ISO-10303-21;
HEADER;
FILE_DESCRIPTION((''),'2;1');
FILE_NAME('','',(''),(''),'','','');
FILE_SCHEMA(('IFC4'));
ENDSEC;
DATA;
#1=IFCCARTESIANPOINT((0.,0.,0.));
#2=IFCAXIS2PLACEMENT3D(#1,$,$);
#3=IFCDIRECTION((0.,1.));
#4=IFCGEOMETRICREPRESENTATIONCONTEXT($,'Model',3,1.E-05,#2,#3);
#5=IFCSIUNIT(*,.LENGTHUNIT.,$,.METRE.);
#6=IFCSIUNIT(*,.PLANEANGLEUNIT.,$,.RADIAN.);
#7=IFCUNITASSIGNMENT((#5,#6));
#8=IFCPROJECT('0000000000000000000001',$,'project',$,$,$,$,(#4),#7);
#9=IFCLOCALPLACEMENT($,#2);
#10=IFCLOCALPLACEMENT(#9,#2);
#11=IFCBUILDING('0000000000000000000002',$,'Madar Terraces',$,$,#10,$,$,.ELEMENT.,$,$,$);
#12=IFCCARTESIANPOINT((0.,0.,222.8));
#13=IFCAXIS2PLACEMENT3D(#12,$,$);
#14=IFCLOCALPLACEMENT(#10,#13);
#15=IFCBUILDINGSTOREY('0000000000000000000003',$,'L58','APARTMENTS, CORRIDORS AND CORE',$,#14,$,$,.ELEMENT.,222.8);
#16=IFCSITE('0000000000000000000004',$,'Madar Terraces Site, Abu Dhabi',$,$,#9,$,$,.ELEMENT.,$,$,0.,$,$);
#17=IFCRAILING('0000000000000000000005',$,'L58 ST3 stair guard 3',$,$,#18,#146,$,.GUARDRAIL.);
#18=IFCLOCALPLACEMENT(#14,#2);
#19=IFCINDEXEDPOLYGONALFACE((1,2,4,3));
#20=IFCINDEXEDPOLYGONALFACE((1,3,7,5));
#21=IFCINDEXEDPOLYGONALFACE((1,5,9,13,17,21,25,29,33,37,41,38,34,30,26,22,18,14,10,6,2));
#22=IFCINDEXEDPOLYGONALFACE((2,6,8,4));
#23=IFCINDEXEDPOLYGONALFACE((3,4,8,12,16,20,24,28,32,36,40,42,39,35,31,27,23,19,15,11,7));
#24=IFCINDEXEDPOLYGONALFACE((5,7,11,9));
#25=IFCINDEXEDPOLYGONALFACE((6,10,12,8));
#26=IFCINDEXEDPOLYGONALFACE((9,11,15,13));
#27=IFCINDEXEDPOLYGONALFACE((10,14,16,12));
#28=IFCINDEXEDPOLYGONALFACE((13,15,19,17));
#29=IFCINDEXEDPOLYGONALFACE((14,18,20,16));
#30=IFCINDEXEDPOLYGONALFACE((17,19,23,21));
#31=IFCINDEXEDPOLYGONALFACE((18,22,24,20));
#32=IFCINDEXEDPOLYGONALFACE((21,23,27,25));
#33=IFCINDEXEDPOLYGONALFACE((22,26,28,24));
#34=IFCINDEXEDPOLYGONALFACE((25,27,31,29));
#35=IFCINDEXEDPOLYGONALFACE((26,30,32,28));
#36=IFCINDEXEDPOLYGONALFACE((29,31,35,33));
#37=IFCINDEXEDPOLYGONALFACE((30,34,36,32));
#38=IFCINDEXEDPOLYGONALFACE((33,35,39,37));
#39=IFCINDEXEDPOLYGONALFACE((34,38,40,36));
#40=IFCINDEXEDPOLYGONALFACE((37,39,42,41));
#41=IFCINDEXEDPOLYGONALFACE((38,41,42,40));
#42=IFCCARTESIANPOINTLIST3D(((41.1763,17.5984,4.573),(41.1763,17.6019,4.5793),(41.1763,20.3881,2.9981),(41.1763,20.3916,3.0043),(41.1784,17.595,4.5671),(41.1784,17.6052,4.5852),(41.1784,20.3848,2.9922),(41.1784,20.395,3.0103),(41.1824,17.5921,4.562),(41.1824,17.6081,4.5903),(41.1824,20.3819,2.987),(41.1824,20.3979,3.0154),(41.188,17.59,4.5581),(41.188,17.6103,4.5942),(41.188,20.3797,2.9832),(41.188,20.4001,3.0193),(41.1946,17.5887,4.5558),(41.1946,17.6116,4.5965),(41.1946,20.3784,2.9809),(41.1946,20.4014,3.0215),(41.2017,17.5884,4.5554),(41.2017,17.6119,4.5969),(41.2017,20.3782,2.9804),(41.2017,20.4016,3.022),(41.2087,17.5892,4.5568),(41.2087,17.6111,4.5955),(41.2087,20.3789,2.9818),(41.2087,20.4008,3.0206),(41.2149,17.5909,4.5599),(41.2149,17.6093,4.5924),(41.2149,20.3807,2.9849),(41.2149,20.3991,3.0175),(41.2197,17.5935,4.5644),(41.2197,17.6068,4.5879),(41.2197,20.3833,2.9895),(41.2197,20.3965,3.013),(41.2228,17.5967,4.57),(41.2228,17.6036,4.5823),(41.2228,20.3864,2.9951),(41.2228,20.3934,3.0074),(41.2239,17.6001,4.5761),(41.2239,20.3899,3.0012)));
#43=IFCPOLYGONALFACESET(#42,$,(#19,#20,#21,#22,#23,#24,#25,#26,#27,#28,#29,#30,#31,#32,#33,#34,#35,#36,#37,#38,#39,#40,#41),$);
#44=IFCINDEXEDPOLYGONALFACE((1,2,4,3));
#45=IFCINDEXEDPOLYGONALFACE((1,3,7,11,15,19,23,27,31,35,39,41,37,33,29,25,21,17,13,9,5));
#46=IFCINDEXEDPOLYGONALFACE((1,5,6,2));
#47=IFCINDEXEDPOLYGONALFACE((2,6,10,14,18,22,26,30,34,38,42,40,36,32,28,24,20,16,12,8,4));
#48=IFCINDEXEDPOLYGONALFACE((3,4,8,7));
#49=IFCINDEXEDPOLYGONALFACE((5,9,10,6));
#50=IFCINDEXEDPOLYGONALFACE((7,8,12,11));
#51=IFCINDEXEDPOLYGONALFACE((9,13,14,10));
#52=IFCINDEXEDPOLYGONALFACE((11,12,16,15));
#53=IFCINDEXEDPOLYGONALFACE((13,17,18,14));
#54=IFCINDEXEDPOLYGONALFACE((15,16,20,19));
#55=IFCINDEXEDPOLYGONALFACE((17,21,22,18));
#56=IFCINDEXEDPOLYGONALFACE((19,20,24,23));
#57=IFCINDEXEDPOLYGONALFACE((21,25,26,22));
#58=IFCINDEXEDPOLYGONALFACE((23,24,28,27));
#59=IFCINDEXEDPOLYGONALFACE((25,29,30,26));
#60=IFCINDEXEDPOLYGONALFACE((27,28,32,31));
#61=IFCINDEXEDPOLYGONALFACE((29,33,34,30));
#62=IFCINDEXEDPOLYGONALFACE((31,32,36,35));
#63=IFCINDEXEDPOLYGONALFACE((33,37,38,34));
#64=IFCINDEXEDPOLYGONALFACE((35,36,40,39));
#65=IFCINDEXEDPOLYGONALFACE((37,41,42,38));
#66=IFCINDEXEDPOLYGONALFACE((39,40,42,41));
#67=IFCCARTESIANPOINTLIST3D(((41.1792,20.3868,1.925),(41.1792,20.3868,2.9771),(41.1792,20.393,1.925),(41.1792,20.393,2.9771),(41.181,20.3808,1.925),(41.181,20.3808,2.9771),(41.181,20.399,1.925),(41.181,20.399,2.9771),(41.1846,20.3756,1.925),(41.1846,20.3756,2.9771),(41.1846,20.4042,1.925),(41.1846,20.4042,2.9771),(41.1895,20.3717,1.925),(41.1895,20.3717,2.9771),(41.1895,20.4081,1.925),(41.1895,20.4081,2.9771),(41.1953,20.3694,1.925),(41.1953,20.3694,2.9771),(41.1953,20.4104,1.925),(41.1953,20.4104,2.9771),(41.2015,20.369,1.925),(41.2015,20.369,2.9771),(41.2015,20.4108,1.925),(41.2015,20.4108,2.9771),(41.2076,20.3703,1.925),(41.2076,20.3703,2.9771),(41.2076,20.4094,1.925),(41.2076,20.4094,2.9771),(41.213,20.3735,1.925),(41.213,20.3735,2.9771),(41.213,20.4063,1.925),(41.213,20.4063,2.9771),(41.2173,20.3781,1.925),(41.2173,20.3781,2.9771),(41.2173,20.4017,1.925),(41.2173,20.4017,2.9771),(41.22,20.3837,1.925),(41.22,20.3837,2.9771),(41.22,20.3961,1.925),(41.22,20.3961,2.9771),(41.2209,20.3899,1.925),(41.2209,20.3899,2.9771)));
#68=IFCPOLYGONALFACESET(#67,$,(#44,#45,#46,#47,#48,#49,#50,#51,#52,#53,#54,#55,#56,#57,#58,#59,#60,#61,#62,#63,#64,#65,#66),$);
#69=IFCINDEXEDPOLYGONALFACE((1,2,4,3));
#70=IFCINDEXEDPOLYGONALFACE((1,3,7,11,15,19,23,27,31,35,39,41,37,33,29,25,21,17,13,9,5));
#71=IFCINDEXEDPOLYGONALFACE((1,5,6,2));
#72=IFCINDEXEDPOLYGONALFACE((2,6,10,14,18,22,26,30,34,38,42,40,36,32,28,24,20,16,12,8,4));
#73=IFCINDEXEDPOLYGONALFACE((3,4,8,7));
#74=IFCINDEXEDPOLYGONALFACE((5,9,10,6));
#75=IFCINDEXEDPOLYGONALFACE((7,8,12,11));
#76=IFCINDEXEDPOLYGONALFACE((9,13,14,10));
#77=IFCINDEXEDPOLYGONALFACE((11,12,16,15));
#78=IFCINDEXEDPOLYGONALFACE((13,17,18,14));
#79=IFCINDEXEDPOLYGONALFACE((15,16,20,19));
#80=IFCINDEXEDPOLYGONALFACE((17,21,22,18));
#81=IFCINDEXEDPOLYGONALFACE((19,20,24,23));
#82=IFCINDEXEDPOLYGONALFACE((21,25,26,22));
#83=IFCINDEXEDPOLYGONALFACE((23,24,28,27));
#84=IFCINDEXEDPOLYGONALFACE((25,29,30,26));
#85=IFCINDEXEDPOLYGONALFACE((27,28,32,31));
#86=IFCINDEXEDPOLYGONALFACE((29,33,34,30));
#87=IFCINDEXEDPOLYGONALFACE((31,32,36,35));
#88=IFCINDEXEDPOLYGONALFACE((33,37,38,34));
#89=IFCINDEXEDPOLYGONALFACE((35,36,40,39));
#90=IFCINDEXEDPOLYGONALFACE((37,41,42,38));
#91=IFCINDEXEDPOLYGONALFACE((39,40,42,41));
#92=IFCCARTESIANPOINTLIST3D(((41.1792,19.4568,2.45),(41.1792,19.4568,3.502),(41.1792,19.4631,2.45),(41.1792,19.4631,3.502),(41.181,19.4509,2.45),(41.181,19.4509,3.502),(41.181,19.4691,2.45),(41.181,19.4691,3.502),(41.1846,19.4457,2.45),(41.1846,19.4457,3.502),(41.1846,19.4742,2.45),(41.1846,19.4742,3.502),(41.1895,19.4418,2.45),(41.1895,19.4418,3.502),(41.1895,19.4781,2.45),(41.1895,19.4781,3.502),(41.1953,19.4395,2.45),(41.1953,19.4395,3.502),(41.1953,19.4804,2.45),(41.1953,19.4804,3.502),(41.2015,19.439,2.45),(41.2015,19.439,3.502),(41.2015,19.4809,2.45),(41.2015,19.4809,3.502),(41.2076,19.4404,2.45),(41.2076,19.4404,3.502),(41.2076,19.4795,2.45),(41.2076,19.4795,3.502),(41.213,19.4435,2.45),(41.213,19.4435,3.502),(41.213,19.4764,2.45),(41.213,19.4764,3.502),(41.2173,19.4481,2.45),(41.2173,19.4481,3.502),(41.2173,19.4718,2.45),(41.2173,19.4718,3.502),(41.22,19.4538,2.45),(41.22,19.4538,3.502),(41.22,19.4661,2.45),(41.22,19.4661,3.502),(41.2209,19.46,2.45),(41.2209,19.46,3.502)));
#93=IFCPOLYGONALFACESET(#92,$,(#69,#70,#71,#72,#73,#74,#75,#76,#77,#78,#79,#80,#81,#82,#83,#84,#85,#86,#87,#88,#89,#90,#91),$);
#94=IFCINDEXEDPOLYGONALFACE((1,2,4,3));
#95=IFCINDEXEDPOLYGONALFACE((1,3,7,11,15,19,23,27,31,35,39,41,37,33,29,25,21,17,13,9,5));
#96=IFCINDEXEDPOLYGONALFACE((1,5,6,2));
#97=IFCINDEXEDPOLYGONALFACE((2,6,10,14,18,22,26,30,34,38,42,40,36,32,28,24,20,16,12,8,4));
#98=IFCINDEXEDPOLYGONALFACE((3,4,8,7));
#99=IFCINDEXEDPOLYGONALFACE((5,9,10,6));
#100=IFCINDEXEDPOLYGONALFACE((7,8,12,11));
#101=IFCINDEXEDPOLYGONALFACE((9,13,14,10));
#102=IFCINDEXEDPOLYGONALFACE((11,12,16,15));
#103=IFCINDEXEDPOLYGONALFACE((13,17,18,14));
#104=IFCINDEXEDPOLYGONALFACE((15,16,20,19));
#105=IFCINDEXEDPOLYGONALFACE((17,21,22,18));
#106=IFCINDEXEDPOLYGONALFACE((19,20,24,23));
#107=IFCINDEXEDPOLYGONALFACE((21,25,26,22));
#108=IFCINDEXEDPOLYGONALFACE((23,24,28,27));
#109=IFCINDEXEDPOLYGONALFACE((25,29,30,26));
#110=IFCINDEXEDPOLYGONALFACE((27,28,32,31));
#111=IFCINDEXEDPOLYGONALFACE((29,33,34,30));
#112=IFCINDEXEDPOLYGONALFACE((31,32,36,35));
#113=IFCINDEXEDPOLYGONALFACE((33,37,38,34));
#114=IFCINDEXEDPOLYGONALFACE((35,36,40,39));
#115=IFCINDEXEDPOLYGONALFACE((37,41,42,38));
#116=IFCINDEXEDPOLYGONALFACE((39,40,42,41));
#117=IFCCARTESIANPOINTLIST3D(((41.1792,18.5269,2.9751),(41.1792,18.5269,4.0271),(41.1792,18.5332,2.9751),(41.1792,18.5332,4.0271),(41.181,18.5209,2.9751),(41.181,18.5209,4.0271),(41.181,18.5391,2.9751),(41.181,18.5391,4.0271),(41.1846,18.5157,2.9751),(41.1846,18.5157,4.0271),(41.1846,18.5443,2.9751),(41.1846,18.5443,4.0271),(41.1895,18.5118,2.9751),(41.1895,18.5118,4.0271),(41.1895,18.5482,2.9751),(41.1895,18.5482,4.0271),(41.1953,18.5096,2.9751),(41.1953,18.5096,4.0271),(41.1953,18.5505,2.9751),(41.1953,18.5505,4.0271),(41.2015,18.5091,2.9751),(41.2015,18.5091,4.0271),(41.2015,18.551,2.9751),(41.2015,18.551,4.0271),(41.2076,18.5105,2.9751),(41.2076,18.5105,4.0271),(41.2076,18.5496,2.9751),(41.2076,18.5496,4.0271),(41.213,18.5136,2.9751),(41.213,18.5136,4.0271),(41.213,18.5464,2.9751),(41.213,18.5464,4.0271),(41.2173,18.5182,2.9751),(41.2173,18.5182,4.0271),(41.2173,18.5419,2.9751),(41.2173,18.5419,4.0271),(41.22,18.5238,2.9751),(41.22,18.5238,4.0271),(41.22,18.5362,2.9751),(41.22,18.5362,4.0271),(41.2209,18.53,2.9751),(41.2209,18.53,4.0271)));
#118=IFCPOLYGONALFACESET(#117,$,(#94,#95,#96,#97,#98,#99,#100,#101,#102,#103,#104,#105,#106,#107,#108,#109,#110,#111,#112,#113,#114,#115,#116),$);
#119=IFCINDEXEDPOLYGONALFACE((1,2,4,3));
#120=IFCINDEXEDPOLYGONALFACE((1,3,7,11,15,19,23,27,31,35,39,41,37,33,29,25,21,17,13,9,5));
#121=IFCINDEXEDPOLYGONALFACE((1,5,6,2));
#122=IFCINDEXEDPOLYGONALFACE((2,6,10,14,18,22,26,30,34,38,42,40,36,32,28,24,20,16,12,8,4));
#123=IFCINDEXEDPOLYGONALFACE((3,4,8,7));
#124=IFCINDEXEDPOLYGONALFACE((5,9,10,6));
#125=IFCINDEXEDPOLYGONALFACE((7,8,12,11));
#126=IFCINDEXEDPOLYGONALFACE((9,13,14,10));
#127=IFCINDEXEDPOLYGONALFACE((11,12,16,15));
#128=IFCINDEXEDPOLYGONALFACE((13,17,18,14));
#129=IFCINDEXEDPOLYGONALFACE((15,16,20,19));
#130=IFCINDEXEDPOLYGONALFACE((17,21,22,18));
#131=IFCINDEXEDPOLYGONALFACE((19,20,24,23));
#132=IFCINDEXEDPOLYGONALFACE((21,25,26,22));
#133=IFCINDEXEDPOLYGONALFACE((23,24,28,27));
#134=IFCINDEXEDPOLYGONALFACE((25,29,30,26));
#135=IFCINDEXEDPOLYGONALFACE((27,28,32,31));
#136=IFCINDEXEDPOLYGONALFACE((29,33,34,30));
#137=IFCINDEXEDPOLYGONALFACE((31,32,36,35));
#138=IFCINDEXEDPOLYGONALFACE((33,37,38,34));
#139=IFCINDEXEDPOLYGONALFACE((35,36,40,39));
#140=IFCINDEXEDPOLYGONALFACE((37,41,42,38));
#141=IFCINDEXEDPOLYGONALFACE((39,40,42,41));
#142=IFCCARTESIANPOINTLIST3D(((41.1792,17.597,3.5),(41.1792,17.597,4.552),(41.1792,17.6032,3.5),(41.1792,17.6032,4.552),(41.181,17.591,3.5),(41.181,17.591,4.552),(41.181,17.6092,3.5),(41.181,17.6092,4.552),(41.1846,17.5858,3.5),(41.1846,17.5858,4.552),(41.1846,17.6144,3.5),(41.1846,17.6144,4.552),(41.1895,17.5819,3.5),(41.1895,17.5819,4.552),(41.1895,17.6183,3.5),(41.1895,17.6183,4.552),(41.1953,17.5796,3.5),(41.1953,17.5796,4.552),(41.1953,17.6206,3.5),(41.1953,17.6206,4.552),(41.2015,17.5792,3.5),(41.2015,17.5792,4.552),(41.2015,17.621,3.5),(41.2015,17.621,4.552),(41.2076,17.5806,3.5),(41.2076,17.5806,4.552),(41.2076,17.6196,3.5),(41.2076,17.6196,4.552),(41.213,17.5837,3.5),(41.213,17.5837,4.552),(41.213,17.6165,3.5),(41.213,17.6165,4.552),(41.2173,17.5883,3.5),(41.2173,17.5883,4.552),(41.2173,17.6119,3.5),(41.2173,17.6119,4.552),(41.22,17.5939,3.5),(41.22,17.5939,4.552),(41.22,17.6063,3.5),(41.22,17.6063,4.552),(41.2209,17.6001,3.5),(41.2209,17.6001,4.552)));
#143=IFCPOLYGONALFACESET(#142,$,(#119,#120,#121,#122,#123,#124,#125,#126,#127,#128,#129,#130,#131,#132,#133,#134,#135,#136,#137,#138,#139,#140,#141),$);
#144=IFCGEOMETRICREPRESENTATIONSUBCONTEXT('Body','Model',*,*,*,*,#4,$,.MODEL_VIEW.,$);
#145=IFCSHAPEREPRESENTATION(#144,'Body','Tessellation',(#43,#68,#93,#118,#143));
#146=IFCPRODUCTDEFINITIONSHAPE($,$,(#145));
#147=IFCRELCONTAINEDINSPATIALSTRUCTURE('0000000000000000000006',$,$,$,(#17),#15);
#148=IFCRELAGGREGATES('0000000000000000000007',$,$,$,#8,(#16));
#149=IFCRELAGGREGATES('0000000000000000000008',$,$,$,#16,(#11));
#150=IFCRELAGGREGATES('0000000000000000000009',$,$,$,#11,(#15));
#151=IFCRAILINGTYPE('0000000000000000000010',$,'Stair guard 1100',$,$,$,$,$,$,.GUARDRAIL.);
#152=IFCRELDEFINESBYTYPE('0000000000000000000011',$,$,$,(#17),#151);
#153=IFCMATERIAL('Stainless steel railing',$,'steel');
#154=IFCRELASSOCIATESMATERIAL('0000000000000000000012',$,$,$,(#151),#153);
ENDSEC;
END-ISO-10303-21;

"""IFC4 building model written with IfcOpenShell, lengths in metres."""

from ifc_helpers import new_model, si_unit, direction, frame, origin, origin_2d, place, context, subcontext, project, spatial, circle, extrude, material, type_object, element, save


model = new_model("IFC4")

# Units and contexts
model_context = context("Model", 3, precision=1e-05, world=origin(), true_north=direction((0.0, 1.0)))
body_context = subcontext(model_context, "Body", "Model", "MODEL_VIEW")
ifc_project = project(units=[si_unit("LENGTHUNIT", "METRE"), si_unit("PLANEANGLEUNIT", "RADIAN")], contexts=[model_context])

# Site, building, storey
site_placement = place(None, origin())
site = spatial("IfcSite", under=ifc_project, at=site_placement, Name="Madar Terraces Site, Abu Dhabi", CompositionType="ELEMENT", RefElevation=0.0)
building_placement = place(site_placement, origin())
building = spatial("IfcBuilding", under=site, at=building_placement, Name="Madar Terraces", CompositionType="ELEMENT")
storey_placement = place(building_placement, frame((0.0, 0.0, 222.8)))
storey = spatial("IfcBuildingStorey", under=building, at=storey_placement, Name="L58", Description="APARTMENTS, CORRIDORS AND CORE", CompositionType="ELEMENT", Elevation=222.8)

# Railing
ifc_material_1 = material(Name="Stainless steel railing", Category="steel")
railing_type_1 = type_object("IfcRailingType", Name="Stair guard 1100", PredefinedType="GUARDRAIL", material=ifc_material_1)
railing_1_placement = place(storey_placement, frame((41.2, 20.3899, 1.925)))
element("IfcRailing", 1, at=railing_1_placement, inside=storey, type_object=railing_type_1, Name="L58 ST3 stair guard 3", PredefinedType="GUARDRAIL", context=body_context, shape_type="SweptSolid", body=[
    extrude(circle(Radius=0.0239, at=origin_2d()), frame((0.0, 0.0, 1.0762), z_axis=(0.0, -0.870815, 0.49161), x_axis=(1.0, 0.0, 0.0)), (0.0, 0.0, 1.0), 3.2036),
    extrude(circle(Radius=0.021, at=origin_2d()), origin(), (0.0, 0.0, 1.0), 1.052),
    extrude(circle(Radius=0.021, at=origin_2d()), frame((0.0, -0.9299, 0.5249)), (0.0, 0.0, 1.0), 1.052),
    extrude(circle(Radius=0.021, at=origin_2d()), frame((0.0, -1.8599, 1.05)), (0.0, 0.0, 1.0), 1.052),
    extrude(circle(Radius=0.021, at=origin_2d()), frame((0.0, -2.7898, 1.575)), (0.0, 0.0, 1.0), 1.052),
])

save(model, "model.ifc")
